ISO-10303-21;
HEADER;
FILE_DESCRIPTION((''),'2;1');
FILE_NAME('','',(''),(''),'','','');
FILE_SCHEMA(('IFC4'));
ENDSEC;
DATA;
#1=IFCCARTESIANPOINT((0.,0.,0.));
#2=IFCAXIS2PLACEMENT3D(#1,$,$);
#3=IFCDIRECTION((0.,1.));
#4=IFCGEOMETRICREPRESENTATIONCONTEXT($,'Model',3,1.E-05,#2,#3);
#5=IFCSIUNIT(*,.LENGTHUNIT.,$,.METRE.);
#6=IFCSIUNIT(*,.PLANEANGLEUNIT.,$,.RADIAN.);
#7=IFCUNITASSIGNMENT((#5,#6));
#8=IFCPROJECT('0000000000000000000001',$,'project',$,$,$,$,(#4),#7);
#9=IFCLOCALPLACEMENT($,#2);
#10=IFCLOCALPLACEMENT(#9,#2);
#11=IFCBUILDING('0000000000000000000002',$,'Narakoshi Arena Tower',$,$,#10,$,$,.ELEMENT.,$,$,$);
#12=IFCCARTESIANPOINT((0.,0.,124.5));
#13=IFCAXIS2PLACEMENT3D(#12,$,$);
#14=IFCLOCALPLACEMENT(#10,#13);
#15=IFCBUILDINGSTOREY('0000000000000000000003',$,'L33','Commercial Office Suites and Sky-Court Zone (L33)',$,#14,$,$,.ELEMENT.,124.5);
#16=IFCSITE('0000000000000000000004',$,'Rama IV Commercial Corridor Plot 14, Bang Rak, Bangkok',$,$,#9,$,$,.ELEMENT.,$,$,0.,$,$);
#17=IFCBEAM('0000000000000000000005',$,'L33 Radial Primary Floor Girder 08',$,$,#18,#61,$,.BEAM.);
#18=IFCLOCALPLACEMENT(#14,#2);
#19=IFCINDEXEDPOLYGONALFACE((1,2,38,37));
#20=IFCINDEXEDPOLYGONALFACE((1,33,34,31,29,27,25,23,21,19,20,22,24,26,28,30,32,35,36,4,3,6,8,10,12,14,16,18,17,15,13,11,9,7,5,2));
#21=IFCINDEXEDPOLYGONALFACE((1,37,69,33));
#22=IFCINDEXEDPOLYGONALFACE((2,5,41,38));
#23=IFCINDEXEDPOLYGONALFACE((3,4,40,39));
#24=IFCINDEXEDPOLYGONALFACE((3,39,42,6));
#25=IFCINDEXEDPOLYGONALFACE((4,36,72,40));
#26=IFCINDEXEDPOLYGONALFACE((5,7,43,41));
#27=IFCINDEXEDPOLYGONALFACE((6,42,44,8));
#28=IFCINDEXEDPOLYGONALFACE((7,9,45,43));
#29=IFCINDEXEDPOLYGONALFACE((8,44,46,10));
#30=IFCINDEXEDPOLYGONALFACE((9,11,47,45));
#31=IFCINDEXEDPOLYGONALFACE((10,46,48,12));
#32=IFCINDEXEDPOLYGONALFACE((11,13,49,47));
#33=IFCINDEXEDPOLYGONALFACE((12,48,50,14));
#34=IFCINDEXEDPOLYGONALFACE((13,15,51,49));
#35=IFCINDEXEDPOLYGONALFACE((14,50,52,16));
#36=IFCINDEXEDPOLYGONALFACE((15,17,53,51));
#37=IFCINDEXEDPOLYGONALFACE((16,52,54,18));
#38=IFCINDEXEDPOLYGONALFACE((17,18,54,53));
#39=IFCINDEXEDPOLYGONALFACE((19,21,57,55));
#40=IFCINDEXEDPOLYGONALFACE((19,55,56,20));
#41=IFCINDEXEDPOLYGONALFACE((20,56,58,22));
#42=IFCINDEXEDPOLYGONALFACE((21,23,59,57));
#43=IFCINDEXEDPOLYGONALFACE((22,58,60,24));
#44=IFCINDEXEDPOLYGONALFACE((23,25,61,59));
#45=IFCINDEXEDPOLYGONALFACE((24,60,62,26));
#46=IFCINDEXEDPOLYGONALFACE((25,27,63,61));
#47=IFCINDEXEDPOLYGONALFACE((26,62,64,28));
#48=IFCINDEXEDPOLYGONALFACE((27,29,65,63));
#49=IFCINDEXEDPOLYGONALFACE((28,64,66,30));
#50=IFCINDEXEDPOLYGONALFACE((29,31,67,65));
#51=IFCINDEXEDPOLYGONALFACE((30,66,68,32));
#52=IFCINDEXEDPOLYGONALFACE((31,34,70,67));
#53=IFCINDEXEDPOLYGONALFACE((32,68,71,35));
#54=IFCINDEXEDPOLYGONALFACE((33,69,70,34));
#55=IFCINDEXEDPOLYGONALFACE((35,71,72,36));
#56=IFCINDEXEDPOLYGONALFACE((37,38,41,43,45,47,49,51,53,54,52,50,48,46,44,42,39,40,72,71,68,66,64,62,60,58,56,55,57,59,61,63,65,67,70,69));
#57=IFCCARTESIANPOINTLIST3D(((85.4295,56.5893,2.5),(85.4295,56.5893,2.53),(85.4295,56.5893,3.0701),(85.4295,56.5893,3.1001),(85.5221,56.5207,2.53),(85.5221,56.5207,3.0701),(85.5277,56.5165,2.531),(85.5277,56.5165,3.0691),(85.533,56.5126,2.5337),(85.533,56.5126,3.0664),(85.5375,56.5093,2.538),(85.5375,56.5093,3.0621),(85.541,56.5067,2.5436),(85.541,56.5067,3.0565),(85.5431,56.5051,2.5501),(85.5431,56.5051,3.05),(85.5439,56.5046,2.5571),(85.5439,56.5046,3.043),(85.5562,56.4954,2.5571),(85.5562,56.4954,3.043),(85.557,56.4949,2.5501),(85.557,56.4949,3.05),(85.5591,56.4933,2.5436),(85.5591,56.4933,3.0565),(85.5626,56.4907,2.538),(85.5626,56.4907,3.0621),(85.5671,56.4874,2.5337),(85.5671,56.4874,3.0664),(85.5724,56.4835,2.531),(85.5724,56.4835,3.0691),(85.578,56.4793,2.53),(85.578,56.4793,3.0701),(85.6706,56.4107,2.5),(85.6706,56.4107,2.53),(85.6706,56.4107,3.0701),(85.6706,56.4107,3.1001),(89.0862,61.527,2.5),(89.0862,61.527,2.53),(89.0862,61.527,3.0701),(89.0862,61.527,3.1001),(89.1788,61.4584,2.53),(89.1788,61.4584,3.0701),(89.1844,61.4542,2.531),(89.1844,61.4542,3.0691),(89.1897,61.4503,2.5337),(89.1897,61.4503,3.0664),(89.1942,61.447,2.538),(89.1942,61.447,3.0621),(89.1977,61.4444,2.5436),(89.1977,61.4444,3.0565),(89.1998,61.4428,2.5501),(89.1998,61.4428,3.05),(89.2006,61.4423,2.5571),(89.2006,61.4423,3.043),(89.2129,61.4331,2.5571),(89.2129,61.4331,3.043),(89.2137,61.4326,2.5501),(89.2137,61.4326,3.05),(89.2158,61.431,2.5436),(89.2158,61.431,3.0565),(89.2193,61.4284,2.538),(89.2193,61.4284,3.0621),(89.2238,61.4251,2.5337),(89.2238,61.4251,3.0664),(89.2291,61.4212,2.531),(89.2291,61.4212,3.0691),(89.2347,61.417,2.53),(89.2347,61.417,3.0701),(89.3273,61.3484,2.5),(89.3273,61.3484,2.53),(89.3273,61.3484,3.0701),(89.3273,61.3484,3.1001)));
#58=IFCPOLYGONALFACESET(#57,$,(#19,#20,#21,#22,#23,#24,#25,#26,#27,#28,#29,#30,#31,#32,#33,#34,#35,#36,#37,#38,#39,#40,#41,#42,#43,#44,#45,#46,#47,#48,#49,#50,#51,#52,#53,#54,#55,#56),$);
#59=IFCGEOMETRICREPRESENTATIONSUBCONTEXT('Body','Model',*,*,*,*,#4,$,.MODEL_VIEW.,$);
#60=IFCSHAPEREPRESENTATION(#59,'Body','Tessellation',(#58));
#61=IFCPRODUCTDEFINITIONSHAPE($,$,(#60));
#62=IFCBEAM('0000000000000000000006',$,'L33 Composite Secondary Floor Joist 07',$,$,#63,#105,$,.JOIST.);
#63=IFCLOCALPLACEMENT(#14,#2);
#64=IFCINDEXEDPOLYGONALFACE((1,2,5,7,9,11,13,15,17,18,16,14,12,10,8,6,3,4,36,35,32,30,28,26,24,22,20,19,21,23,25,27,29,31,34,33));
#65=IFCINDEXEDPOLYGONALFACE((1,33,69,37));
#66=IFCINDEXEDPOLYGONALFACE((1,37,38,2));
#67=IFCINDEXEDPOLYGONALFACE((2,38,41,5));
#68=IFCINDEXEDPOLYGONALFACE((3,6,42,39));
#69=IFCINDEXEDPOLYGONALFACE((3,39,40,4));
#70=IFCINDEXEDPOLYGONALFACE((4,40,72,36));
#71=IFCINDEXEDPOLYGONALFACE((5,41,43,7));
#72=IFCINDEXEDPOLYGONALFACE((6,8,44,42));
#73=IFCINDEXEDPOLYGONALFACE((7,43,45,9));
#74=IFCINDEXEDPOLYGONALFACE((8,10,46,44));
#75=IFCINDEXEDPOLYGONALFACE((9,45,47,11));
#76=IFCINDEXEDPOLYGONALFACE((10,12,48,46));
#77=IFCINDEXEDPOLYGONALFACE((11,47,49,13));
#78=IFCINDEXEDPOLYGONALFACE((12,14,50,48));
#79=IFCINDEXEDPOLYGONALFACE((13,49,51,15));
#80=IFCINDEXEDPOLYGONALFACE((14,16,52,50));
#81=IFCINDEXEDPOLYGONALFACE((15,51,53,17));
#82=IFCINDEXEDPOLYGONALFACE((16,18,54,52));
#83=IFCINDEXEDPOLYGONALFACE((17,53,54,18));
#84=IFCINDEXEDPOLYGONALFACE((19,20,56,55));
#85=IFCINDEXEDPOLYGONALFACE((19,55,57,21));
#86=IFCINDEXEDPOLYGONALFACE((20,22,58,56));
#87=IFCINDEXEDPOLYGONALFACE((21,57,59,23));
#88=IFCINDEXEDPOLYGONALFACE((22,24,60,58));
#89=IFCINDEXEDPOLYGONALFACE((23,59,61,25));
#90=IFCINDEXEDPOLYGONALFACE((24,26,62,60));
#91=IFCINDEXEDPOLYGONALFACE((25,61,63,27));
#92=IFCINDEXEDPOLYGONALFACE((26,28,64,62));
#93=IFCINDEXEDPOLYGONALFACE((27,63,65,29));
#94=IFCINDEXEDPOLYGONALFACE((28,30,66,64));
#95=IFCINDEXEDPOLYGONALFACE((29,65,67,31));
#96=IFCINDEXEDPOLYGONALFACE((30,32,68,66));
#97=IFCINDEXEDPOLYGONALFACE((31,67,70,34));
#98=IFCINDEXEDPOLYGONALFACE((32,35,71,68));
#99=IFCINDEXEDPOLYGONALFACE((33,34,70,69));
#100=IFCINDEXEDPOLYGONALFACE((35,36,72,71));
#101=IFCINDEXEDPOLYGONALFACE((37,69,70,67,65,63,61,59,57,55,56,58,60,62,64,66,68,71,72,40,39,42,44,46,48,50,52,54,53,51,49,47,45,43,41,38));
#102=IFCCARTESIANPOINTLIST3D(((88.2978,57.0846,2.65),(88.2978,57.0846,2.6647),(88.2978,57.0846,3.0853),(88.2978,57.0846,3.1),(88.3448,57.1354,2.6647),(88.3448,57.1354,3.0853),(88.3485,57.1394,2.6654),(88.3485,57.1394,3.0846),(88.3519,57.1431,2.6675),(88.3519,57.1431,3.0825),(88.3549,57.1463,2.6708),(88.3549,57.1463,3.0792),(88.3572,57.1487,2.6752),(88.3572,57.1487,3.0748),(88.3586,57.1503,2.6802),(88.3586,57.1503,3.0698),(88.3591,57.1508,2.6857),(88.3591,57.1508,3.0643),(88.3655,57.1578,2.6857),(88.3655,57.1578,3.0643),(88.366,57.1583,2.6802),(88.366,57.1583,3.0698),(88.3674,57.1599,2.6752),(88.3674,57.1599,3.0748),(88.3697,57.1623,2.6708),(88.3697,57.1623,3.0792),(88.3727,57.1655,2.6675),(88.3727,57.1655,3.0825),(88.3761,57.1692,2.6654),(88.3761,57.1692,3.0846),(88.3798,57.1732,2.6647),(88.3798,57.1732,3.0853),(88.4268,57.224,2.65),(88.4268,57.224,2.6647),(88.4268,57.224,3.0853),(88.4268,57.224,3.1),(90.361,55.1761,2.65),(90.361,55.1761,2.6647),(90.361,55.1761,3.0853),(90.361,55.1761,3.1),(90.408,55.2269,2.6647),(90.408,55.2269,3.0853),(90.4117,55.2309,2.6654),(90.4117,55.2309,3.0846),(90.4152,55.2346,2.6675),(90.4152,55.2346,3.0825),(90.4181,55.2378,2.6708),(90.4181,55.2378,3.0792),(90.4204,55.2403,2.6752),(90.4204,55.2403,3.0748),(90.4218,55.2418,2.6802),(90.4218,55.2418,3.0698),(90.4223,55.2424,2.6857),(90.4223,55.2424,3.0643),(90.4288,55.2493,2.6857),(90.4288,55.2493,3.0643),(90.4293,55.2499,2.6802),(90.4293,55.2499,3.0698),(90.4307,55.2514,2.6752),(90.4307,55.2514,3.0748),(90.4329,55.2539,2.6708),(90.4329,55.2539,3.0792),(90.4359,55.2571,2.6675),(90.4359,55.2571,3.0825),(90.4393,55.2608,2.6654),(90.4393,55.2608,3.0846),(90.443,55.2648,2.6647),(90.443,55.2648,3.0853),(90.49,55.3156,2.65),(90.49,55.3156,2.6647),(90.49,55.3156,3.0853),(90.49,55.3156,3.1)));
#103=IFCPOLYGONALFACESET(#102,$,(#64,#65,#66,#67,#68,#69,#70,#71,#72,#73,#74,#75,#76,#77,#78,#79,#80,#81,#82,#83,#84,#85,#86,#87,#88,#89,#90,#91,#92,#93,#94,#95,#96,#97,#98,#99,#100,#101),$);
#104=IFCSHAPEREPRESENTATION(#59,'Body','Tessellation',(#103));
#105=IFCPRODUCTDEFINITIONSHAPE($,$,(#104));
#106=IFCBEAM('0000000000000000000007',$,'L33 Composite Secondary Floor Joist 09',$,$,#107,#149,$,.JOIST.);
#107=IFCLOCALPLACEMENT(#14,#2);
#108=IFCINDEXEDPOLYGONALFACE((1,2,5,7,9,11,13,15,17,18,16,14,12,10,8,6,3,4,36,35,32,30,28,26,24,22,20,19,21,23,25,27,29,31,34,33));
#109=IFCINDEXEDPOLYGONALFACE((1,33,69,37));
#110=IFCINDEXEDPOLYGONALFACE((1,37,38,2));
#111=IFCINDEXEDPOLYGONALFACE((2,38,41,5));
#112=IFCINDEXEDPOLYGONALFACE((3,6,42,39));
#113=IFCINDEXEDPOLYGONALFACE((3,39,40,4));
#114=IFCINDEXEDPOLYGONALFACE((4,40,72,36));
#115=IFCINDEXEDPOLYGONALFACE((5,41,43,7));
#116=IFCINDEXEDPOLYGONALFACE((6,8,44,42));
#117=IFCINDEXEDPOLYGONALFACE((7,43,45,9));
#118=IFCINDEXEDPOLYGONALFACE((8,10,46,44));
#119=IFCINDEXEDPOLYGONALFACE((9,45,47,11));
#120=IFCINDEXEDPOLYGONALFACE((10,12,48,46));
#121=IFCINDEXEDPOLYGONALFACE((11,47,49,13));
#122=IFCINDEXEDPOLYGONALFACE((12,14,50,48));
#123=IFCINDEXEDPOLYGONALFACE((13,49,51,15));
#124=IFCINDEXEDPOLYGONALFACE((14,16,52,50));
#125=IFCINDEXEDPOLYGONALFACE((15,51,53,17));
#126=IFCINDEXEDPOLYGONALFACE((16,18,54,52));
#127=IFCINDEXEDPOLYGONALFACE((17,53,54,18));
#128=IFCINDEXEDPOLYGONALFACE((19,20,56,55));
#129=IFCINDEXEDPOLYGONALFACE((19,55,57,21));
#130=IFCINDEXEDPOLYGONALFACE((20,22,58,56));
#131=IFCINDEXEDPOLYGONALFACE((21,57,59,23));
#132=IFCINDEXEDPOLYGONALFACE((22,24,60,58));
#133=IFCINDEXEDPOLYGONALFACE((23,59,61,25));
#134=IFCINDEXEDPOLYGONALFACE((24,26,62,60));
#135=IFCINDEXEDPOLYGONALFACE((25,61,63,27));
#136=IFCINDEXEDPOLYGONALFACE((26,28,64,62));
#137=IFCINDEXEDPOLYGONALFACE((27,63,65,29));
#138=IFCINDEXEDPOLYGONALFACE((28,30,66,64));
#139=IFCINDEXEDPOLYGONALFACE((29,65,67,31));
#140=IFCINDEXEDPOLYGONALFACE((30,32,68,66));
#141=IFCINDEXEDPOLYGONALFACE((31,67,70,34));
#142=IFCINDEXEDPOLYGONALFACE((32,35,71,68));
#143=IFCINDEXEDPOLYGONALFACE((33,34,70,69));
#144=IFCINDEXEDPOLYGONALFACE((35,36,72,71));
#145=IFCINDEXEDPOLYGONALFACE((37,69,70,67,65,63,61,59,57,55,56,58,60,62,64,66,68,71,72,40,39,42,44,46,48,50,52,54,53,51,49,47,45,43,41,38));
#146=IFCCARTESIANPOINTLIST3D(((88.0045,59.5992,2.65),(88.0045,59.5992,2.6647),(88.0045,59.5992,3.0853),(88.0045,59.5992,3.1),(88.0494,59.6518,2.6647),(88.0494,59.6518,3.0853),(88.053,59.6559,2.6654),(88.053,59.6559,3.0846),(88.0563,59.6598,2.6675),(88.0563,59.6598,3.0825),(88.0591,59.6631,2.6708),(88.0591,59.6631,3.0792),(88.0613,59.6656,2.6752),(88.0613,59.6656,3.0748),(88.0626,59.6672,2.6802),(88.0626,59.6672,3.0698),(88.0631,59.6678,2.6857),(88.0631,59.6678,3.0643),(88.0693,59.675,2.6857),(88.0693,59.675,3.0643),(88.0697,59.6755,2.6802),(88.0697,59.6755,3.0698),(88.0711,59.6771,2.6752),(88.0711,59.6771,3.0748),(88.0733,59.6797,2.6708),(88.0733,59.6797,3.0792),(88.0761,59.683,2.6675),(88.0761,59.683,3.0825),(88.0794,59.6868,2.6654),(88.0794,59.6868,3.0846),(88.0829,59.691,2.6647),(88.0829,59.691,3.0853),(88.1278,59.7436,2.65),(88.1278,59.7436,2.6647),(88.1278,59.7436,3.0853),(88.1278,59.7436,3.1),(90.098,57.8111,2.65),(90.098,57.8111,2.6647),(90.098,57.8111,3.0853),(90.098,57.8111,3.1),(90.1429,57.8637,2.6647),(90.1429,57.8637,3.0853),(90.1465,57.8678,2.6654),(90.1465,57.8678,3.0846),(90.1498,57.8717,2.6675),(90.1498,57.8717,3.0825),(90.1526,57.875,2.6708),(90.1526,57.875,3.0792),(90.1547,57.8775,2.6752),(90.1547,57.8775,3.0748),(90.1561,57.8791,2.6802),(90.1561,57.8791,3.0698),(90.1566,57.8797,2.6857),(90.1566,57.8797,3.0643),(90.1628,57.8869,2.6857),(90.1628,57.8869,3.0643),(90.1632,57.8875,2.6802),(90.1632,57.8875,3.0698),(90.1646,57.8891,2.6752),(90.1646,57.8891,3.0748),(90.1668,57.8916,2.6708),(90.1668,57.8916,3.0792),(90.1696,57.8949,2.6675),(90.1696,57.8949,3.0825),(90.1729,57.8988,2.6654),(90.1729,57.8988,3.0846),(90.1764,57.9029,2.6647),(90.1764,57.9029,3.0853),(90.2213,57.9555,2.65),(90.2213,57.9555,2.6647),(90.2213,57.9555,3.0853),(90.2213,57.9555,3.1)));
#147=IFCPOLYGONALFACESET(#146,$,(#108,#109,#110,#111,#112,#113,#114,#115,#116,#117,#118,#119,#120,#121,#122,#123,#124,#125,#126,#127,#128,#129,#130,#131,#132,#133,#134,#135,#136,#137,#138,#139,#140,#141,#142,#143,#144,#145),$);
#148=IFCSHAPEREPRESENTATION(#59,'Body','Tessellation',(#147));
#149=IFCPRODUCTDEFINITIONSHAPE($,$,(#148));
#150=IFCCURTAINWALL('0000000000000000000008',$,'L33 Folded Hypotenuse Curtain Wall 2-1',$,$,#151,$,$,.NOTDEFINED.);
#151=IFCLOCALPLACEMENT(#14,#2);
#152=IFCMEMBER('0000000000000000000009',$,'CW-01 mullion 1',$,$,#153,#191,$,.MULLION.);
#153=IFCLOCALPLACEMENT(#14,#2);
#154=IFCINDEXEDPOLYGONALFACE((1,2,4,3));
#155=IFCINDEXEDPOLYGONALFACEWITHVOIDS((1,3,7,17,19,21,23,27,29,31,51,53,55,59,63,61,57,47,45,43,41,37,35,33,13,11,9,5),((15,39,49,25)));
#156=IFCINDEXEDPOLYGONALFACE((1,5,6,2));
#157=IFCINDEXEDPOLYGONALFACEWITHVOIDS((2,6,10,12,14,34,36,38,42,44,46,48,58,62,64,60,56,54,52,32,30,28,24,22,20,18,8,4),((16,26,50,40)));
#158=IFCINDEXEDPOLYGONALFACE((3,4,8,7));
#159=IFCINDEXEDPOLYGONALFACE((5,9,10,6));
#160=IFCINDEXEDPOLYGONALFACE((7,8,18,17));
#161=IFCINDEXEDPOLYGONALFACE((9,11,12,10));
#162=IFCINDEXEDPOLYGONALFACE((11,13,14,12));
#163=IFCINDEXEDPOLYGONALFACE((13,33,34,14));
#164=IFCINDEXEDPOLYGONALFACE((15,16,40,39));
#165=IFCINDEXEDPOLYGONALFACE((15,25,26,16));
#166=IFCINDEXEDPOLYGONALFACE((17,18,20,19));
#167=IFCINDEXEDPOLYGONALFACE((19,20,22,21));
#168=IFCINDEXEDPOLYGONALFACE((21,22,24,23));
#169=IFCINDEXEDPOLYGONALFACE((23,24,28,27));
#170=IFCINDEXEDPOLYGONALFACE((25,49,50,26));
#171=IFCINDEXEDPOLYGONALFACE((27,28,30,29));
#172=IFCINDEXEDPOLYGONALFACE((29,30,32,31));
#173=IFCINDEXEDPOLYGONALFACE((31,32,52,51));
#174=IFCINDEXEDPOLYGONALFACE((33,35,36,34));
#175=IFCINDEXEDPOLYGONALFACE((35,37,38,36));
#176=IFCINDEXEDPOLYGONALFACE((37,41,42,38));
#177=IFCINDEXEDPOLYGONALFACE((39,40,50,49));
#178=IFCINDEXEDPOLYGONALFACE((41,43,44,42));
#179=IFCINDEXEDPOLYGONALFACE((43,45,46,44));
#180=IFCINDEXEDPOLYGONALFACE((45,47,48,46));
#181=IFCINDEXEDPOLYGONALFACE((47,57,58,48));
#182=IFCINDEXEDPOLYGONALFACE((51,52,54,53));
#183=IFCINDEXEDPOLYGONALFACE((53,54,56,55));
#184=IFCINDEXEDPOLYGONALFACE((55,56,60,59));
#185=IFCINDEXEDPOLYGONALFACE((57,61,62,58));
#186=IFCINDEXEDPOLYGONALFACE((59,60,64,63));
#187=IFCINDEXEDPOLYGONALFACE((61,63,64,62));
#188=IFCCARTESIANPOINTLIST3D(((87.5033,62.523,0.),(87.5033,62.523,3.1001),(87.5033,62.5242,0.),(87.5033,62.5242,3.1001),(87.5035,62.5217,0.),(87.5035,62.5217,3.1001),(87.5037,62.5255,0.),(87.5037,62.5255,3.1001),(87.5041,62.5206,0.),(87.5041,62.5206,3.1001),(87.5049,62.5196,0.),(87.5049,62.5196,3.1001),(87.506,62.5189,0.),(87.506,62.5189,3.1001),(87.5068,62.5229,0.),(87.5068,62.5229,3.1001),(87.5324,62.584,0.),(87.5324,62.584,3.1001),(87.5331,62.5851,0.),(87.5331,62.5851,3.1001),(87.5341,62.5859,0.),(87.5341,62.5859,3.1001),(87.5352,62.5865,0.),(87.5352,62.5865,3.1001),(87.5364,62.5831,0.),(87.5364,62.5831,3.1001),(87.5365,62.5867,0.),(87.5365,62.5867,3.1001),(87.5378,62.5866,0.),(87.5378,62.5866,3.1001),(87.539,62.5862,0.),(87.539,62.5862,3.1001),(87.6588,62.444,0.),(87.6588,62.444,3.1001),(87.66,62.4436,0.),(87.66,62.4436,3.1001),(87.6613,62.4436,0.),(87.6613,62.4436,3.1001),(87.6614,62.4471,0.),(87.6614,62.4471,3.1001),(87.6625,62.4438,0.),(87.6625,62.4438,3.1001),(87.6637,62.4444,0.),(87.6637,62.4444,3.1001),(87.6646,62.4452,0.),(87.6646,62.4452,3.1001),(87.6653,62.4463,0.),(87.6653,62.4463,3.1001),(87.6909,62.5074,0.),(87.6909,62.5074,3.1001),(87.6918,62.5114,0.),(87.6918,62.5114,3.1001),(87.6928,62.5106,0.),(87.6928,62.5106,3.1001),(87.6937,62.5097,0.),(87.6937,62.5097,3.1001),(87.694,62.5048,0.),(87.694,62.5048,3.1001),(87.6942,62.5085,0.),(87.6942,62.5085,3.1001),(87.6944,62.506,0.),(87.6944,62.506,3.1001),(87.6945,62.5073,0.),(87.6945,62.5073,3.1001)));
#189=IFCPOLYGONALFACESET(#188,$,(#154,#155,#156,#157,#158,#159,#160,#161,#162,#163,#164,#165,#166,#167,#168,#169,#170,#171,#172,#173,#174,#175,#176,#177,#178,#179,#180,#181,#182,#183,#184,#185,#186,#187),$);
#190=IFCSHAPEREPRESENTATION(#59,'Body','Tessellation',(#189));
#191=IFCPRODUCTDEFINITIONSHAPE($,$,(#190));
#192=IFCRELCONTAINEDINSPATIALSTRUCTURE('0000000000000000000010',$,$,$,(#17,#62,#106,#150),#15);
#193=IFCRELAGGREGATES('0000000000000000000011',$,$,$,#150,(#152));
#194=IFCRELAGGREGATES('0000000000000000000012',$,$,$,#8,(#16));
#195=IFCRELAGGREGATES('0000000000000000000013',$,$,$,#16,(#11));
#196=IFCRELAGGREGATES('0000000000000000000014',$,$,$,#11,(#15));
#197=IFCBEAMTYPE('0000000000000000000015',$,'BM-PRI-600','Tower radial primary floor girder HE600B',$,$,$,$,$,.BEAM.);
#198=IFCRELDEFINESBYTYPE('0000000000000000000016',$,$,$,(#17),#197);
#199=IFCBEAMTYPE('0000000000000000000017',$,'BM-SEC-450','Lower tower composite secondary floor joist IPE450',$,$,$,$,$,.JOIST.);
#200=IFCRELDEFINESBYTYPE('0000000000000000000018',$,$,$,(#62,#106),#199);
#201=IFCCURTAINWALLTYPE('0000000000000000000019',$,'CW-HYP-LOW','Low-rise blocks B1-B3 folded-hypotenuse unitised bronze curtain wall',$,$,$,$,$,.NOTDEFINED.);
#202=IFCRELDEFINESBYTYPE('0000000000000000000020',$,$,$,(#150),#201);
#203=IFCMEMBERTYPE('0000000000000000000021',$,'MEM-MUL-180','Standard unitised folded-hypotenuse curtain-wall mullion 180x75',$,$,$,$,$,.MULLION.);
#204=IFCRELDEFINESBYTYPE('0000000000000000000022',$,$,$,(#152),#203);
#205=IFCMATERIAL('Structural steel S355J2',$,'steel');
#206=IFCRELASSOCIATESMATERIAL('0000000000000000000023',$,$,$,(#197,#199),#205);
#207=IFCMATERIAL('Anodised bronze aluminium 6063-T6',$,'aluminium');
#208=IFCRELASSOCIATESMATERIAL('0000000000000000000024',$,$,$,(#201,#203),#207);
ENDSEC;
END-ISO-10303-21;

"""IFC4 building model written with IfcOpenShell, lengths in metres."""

from ifc_helpers import new_model, si_unit, direction, frame, origin, origin_2d, place, context, subcontext, project, spatial, hollow_rectangle, i_section, extrude, material, material_profile, profile_set, type_object, element, aggregate, save


model = new_model("IFC4")

# Units and contexts
model_context = context("Model", 3, precision=1e-05, world=origin(), true_north=direction((0.0, 1.0)))
body_context = subcontext(model_context, "Body", "Model", "MODEL_VIEW")
ifc_project = project(units=[si_unit("LENGTHUNIT", "METRE"), si_unit("PLANEANGLEUNIT", "RADIAN")], contexts=[model_context])

# Site, building, storey
site_placement = place(None, origin())
site = spatial("IfcSite", under=ifc_project, at=site_placement, Name="Rama IV Commercial Corridor Plot 14, Bang Rak, Bangkok", CompositionType="ELEMENT", RefElevation=0.0)
building_placement = place(site_placement, origin())
building = spatial("IfcBuilding", under=site, at=building_placement, Name="Narakoshi Arena Tower", CompositionType="ELEMENT")
storey_placement = place(building_placement, frame((0.0, 0.0, 124.5)))
storey = spatial("IfcBuildingStorey", under=building, at=storey_placement, Name="L33", Description="Commercial Office Suites and Sky-Court Zone (L33)", CompositionType="ELEMENT", Elevation=124.5)

# Beams
ifc_material_1 = material(Name="Structural steel S355J2", Category="steel")
ifc_material_profile_1 = material_profile(ifc_material_1, i_section(OverallWidth=0.3, OverallDepth=0.6001, WebThickness=0.0154, FlangeThickness=0.03, FilletRadius=0.0271, at=origin_2d()), Name="HE600B")
ifc_profile_set_1 = profile_set([ifc_material_profile_1], Name="Structural steel S355J2")
beam_type_1 = type_object("IfcBeamType", Name="BM-PRI-600", Description="Tower radial primary floor girder HE600B", PredefinedType="BEAM", material=ifc_profile_set_1)
beam_1_placement = place(storey_placement, frame((85.55, 56.5, 2.8), z_axis=(0.595138, 0.803623, 0.0), x_axis=(-0.803623, 0.595138, 0.0)))
element("IfcBeam", 1, at=beam_1_placement, inside=storey, type_object=beam_type_1, Name="L33 Radial Primary Floor Girder 08", PredefinedType="BEAM", context=body_context, shape_type="SweptSolid", body=[
    extrude(i_section(OverallWidth=0.3, OverallDepth=0.6001, WebThickness=0.0154, FlangeThickness=0.03, FilletRadius=0.0271, at=origin_2d()), origin(), (0.0, 0.0, 1.0), 6.1443),
])
ifc_material_profile_2 = material_profile(ifc_material_1, i_section(OverallWidth=0.1899, OverallDepth=0.45, WebThickness=0.0095, FlangeThickness=0.0146, FilletRadius=0.021, at=origin_2d()), Name="IPE450")
ifc_profile_set_2 = profile_set([ifc_material_profile_2], Name="Structural steel S355J2")
beam_type_2 = type_object("IfcBeamType", Name="BM-SEC-450", Description="Lower tower composite secondary floor joist IPE450", PredefinedType="JOIST", material=ifc_profile_set_2)
beam_2_placement = place(storey_placement, frame((90.4255, 55.2458, 2.875), z_axis=(-0.734107, 0.679034, 0.0), x_axis=(-0.679034, -0.734107, 0.0)))
element("IfcBeam", 2, at=beam_2_placement, inside=storey, type_object=beam_type_2, Name="L33 Composite Secondary Floor Joist 07", PredefinedType="JOIST", context=body_context, shape_type="SweptSolid", body=[
    extrude(i_section(OverallWidth=0.1899, OverallDepth=0.45, WebThickness=0.0095, FlangeThickness=0.0146, FilletRadius=0.021, at=origin_2d()), origin(), (0.0, 0.0, 1.0), 2.8105),
])
beam_3_placement = place(storey_placement, frame((90.1597, 57.8833, 2.875), z_axis=(-0.760395, 0.649461, 0.0), x_axis=(-0.649461, -0.760395, 0.0)))
element("IfcBeam", 3, at=beam_3_placement, inside=storey, type_object=beam_type_2, Name="L33 Composite Secondary Floor Joist 09", PredefinedType="JOIST", context=body_context, shape_type="SweptSolid", body=[
    extrude(i_section(OverallWidth=0.1899, OverallDepth=0.45, WebThickness=0.0095, FlangeThickness=0.0146, FilletRadius=0.021, at=origin_2d()), origin(), (0.0, 0.0, 1.0), 2.7532),
])

# Curtain wall, member
ifc_material_2 = material(Name="Anodised bronze aluminium 6063-T6", Category="aluminium")
curtain_wall_type = type_object("IfcCurtainWallType", Name="CW-HYP-LOW", Description="Low-rise blocks B1-B3 folded-hypotenuse unitised bronze curtain wall", PredefinedType="NOTDEFINED", material=ifc_material_2)
curtain_wall_placement = place(storey_placement, origin())
curtain_wall = element("IfcCurtainWall", 4, at=curtain_wall_placement, inside=storey, type_object=curtain_wall_type, Name="L33 Folded Hypotenuse Curtain Wall 2-1", PredefinedType="NOTDEFINED")
ifc_material_profile_3 = material_profile(ifc_material_2, hollow_rectangle(XDim=0.075, YDim=0.1799, WallThickness=0.0039, OuterFilletRadius=0.0049, at=origin_2d()), Name="MUL180x75x4")
ifc_profile_set_3 = profile_set([ifc_material_profile_3], Name="Anodised bronze aluminium 6063-T6")
member_type_1 = type_object("IfcMemberType", Name="MEM-MUL-180", Description="Standard unitised folded-hypotenuse curtain-wall mullion 180x75", PredefinedType="MULLION", material=ifc_profile_set_3)
member_1_placement = place(storey_placement, frame((87.5989, 62.5151, 0.0), z_axis=(0.0, 0.0, 1.0), x_axis=(-0.440005, -0.897996, 0.0)))
member_1 = element("IfcMember", 5, at=member_1_placement, type_object=member_type_1, Name="CW-01 mullion 1", PredefinedType="MULLION", context=body_context, shape_type="SweptSolid", body=[
    extrude(hollow_rectangle(XDim=0.075, YDim=0.1799, WallThickness=0.0039, OuterFilletRadius=0.0049, at=origin_2d()), origin(), (0.0, 0.0, 1.0), 3.1001),
])
aggregate(curtain_wall, [member_1])

save(model, "model.ifc")
